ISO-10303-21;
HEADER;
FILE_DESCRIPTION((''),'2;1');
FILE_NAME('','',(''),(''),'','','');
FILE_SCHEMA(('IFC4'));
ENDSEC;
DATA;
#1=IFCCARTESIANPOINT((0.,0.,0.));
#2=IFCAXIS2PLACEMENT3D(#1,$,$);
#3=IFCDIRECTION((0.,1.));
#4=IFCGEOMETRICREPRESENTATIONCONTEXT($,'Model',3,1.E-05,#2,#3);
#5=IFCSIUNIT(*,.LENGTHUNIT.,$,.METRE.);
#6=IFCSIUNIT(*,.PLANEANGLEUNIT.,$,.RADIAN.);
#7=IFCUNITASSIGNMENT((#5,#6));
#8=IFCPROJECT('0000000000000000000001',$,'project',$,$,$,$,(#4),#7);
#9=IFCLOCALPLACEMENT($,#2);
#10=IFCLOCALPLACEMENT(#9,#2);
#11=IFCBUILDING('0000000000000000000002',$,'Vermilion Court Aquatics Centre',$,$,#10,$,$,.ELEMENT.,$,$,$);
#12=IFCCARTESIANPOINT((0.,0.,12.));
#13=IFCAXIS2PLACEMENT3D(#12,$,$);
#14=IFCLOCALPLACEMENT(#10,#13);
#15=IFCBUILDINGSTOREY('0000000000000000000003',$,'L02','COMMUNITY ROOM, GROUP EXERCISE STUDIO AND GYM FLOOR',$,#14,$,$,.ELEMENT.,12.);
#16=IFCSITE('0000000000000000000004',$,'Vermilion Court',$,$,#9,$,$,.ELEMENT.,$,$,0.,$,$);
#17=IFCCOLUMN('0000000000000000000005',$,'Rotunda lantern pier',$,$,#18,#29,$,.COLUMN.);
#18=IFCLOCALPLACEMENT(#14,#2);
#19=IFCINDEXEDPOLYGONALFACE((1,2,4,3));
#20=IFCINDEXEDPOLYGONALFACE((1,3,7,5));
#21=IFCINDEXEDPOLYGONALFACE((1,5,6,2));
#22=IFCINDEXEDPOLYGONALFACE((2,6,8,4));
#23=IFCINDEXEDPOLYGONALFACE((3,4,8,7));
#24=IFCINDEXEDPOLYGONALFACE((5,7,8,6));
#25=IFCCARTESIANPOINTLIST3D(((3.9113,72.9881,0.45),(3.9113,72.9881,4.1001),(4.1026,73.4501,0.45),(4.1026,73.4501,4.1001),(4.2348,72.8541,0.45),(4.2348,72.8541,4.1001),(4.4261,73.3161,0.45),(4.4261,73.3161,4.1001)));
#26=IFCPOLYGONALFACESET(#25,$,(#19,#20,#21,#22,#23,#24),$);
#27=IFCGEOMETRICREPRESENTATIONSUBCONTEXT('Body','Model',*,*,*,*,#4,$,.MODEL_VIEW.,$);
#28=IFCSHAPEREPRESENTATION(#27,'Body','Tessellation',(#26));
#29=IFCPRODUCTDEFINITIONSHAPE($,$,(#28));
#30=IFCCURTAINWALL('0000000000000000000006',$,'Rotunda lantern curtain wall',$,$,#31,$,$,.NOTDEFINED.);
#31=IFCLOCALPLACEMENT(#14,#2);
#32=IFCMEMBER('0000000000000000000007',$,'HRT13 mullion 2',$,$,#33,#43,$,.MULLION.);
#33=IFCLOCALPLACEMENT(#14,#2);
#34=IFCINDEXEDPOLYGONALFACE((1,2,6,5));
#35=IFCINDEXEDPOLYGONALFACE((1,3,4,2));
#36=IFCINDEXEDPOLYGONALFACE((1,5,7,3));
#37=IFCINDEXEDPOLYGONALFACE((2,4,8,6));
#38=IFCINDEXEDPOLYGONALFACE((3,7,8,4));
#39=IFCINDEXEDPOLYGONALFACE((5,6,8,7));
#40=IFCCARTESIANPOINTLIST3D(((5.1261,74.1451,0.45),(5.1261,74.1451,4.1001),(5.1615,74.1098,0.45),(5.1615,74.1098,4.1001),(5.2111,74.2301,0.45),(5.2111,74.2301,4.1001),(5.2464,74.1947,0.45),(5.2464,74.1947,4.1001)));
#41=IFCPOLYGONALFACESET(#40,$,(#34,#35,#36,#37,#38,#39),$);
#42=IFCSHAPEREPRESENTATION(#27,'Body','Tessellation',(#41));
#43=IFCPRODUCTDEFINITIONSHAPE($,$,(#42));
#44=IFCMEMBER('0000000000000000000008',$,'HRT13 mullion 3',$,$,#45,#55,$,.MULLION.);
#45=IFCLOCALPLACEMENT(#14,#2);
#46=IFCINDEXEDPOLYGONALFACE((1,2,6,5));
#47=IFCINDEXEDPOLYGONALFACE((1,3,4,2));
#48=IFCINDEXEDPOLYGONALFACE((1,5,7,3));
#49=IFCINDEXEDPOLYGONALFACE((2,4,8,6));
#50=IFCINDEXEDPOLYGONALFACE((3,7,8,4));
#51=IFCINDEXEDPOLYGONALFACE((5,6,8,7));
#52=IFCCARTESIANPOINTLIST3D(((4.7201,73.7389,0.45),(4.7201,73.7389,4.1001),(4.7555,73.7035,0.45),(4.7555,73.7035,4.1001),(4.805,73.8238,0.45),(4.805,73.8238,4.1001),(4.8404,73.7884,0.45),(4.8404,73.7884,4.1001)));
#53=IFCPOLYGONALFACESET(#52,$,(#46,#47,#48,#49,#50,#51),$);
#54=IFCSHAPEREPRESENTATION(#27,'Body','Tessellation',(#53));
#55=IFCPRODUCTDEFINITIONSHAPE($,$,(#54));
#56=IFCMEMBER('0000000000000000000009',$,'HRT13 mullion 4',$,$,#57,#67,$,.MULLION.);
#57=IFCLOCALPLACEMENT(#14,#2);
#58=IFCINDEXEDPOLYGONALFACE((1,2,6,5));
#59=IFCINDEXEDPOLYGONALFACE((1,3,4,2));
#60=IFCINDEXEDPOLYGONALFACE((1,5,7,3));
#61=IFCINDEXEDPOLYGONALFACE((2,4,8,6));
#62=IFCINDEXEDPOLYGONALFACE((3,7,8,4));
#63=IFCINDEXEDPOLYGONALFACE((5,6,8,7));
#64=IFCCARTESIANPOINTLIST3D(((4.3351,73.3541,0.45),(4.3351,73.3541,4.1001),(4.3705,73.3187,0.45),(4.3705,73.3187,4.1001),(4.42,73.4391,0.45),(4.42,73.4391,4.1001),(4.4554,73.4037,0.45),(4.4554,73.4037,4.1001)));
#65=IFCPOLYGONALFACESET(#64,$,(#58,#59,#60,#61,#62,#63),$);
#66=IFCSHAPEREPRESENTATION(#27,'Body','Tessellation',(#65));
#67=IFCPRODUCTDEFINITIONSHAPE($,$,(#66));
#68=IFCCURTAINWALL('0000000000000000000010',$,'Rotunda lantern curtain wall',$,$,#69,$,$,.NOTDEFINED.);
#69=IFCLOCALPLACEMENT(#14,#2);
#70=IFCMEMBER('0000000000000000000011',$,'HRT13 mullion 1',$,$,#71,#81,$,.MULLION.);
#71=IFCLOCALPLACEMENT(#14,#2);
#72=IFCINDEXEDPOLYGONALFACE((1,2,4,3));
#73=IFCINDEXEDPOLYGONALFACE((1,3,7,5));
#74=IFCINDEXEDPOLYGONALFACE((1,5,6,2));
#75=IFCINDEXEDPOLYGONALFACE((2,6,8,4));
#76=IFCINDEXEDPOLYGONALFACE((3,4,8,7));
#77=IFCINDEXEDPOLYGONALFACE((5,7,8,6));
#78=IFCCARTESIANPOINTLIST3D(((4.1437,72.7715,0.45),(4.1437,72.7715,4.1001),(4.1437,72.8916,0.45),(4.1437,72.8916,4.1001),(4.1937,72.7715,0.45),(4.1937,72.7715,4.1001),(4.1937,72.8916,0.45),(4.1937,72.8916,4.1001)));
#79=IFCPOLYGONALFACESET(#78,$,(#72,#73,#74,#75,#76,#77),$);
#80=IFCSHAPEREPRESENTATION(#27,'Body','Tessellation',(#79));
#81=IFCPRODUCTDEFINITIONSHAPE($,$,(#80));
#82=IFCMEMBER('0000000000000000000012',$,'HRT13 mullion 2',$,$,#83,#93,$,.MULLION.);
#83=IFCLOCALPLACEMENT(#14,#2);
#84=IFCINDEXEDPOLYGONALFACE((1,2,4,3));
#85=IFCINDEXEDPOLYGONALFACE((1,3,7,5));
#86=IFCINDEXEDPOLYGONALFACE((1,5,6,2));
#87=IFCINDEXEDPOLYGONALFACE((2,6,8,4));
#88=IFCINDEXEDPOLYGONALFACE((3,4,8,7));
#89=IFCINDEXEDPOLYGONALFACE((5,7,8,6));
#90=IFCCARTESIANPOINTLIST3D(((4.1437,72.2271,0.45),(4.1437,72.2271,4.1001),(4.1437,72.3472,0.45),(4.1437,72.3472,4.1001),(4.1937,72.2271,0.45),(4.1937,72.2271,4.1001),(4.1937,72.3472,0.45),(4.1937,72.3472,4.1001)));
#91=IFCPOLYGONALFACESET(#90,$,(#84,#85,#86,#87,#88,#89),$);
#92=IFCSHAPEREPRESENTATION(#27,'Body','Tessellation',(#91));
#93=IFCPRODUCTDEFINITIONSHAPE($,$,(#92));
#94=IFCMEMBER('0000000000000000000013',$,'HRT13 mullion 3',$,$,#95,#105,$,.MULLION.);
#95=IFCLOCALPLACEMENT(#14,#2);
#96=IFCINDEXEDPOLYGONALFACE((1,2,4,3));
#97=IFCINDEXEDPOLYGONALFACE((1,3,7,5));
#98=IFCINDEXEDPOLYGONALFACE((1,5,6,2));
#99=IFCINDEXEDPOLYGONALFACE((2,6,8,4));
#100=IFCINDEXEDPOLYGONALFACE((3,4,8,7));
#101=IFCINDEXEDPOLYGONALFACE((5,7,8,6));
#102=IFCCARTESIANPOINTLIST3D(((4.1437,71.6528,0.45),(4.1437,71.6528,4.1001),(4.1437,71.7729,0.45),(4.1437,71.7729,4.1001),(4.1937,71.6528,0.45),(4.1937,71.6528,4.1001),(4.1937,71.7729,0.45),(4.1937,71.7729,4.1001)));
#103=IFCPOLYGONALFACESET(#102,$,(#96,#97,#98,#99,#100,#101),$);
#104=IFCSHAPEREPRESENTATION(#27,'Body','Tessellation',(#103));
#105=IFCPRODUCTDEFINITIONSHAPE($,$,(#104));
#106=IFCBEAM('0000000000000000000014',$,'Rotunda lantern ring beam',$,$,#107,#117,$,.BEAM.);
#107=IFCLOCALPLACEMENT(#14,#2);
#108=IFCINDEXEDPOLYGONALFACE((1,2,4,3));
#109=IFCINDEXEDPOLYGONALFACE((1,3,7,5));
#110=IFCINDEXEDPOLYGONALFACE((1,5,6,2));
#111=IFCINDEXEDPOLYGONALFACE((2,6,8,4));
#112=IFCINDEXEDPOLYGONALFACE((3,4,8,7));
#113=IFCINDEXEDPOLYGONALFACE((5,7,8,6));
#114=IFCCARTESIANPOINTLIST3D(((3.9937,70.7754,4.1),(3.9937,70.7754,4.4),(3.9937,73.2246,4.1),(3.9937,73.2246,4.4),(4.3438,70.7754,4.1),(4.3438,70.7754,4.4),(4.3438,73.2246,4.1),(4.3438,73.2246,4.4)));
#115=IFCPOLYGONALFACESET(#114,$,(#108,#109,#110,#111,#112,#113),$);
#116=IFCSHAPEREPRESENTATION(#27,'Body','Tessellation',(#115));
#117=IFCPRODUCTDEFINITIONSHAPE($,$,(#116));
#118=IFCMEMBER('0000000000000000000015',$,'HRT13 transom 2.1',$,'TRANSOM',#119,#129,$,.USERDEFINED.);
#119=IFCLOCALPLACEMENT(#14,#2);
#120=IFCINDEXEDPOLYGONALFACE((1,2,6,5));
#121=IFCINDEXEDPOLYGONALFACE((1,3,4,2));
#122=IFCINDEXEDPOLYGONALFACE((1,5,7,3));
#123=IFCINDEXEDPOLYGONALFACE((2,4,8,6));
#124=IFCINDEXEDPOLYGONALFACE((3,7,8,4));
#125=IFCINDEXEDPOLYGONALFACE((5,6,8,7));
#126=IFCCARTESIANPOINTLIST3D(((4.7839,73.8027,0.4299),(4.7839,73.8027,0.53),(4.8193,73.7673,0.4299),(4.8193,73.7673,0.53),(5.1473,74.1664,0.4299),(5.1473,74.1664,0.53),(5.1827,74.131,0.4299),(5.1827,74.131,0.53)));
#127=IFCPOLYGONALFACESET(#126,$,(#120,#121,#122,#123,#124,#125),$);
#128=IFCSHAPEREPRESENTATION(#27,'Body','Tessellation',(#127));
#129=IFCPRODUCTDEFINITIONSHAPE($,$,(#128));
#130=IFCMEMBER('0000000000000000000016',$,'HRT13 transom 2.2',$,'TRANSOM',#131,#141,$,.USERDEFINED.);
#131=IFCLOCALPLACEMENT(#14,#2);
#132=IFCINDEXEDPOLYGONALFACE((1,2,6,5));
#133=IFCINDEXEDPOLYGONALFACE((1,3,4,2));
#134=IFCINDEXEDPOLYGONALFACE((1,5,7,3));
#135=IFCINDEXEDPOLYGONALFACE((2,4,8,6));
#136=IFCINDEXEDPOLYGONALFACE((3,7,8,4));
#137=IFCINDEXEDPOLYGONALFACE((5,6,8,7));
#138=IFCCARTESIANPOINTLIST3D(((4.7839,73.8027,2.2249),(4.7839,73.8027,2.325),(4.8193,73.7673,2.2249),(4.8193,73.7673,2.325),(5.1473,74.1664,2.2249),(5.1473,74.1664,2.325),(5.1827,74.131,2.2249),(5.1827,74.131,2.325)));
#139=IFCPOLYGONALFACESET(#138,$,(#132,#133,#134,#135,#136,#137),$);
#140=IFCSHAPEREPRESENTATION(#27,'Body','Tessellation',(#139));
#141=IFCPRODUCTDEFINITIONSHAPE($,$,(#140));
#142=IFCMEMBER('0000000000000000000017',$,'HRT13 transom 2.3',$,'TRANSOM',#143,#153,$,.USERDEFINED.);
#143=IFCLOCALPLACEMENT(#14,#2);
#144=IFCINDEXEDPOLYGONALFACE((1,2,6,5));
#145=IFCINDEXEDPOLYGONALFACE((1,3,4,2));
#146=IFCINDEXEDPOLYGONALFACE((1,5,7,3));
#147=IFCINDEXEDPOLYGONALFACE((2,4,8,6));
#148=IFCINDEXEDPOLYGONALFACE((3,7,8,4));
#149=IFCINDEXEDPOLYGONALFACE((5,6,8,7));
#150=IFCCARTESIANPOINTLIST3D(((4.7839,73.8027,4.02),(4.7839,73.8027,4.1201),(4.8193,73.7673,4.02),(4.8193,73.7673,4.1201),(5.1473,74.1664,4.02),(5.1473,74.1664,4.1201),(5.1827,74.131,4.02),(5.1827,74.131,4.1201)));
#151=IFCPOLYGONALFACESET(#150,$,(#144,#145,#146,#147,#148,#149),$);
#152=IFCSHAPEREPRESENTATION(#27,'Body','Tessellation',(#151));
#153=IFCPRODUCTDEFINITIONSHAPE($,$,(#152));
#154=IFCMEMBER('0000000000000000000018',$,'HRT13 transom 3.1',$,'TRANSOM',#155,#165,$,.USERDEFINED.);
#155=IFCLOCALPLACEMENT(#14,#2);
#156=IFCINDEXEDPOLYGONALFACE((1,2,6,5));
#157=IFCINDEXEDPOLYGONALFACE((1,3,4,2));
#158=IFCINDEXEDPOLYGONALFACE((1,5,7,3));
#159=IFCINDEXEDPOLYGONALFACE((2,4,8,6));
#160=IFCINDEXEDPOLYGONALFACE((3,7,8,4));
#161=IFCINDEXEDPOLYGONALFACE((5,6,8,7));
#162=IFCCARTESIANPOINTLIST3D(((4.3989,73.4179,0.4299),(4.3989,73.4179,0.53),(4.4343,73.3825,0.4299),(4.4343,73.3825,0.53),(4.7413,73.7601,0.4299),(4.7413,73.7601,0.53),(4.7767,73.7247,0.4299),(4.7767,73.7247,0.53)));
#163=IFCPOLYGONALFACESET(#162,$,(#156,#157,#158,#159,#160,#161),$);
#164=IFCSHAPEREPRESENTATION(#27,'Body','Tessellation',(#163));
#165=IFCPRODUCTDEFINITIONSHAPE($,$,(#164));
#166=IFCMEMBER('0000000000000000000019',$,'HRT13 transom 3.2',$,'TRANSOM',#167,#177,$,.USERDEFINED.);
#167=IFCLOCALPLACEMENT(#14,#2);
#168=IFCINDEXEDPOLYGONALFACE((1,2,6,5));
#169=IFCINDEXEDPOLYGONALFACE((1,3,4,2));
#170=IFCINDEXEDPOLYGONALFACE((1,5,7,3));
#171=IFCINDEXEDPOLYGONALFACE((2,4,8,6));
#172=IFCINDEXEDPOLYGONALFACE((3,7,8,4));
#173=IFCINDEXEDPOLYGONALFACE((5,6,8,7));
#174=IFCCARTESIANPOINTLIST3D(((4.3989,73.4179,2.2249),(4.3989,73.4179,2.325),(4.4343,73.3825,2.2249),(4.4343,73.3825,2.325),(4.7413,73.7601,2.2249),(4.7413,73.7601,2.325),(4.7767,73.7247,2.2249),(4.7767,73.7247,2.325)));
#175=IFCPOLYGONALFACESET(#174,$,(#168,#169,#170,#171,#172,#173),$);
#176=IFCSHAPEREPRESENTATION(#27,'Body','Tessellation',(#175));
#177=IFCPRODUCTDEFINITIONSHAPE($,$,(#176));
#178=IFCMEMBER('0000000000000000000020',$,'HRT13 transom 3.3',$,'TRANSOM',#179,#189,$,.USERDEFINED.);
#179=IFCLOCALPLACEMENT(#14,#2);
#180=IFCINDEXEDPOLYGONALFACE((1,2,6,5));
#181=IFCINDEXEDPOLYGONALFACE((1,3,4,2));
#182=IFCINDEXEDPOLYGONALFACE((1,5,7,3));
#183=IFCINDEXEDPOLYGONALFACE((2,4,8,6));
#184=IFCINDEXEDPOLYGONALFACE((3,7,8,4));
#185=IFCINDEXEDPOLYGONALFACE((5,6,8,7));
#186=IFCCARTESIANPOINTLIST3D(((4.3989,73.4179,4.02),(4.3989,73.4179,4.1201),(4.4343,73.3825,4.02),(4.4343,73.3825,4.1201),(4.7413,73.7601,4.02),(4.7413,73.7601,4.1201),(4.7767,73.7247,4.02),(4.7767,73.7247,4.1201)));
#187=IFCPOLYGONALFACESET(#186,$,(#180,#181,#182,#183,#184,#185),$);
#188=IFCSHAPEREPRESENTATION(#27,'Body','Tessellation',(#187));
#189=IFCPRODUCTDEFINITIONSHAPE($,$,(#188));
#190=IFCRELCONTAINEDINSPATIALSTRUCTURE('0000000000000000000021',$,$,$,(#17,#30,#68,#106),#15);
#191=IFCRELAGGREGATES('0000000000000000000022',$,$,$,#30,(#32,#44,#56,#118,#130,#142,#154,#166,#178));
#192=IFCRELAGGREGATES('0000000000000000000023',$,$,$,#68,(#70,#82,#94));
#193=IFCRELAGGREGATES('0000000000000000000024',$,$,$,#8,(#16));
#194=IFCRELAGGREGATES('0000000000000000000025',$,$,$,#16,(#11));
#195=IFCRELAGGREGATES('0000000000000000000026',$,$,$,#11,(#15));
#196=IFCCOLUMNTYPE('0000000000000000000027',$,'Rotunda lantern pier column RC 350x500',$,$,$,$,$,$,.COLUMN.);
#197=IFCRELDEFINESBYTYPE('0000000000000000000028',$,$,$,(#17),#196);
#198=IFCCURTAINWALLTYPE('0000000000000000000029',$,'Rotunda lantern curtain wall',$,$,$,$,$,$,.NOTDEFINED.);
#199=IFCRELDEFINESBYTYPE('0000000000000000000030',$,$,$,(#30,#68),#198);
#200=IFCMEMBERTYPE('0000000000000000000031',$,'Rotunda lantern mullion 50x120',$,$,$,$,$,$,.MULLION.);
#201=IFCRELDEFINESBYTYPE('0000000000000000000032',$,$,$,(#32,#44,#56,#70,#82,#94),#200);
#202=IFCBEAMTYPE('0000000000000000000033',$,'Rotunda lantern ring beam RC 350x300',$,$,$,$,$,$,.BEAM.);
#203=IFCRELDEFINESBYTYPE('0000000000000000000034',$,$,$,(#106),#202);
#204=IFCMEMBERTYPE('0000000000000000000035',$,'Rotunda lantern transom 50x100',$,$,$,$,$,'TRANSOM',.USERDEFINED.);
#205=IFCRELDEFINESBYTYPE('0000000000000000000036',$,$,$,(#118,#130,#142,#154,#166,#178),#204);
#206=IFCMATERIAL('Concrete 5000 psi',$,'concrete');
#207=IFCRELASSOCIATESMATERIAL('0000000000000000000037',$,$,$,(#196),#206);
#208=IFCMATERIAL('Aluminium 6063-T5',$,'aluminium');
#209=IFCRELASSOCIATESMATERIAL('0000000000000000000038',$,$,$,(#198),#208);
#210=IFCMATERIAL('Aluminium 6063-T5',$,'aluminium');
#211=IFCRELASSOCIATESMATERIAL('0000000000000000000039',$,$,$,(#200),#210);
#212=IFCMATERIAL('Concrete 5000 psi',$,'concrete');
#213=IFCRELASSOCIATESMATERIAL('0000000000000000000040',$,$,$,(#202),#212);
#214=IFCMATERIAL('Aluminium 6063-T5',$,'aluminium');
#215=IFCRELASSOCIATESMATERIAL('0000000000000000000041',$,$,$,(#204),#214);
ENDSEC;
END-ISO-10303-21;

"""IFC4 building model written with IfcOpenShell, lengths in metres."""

from ifc_helpers import new_model, si_unit, direction, frame, origin, origin_2d, place, context, subcontext, project, spatial, rectangle, extrude, material, material_profile, profile_set, type_object, element, aggregate, save


model = new_model("IFC4")

# Units and contexts
model_context = context("Model", 3, precision=1e-05, world=origin(), true_north=direction((0.0, 1.0)))
body_context = subcontext(model_context, "Body", "Model", "MODEL_VIEW")
ifc_project = project(units=[si_unit("LENGTHUNIT", "METRE"), si_unit("PLANEANGLEUNIT", "RADIAN")], contexts=[model_context])

# Site, building, storey
site_placement = place(None, origin())
site = spatial("IfcSite", under=ifc_project, at=site_placement, Name="Vermilion Court", CompositionType="ELEMENT", RefElevation=0.0)
building_placement = place(site_placement, origin())
building = spatial("IfcBuilding", under=site, at=building_placement, Name="Vermilion Court Aquatics Centre", CompositionType="ELEMENT")
storey_placement = place(building_placement, frame((0.0, 0.0, 12.0)))
storey = spatial("IfcBuildingStorey", under=building, at=storey_placement, Name="L02", Description="COMMUNITY ROOM, GROUP EXERCISE STUDIO AND GYM FLOOR", CompositionType="ELEMENT", Elevation=12.0)

# Column
ifc_material_1 = material(Name="Concrete 5000 psi", Category="concrete")
ifc_material_profile_1 = material_profile(ifc_material_1, rectangle(XDim=0.3501, YDim=0.5, at=origin_2d()), Name="RC 350x500")
ifc_profile_set_1 = profile_set([ifc_material_profile_1], Name="Concrete 5000 psi")
column_type = type_object("IfcColumnType", Name="Rotunda lantern pier column RC 350x500", PredefinedType="COLUMN", material=ifc_profile_set_1)
column_placement = place(storey_placement, frame((4.1687, 73.1521, 0.45), z_axis=(0.0, 0.0, 1.0), x_axis=(-0.92388, 0.382683, 0.0)))
element("IfcColumn", 1, at=column_placement, inside=storey, type_object=column_type, Name="Rotunda lantern pier", PredefinedType="COLUMN", context=body_context, shape_type="SweptSolid", body=[
    extrude(rectangle(XDim=0.3501, YDim=0.5, at=origin_2d()), origin(), (0.0, 0.0, 1.0), 3.6501),
])

# Curtain walls, members
ifc_material_2 = material(Name="Aluminium 6063-T5", Category="aluminium")
curtain_wall_type = type_object("IfcCurtainWallType", Name="Rotunda lantern curtain wall", PredefinedType="NOTDEFINED", material=ifc_material_2)
curtain_wall_1_placement = place(storey_placement, origin())
curtain_wall_1 = element("IfcCurtainWall", 2, at=curtain_wall_1_placement, inside=storey, type_object=curtain_wall_type, Name="Rotunda lantern curtain wall", PredefinedType="NOTDEFINED")
ifc_material_3 = material(Name="Aluminium 6063-T5", Category="aluminium")
ifc_material_profile_2 = material_profile(ifc_material_3, rectangle(XDim=0.05, YDim=0.1201, at=origin_2d()), Name="Aluminium 50x120")
ifc_profile_set_2 = profile_set([ifc_material_profile_2], Name="Aluminium 6063-T5")
member_type_1 = type_object("IfcMemberType", Name="Rotunda lantern mullion 50x120", PredefinedType="MULLION", material=ifc_profile_set_2)
member_1_placement = place(storey_placement, frame((5.1863, 74.1699, 0.45), z_axis=(0.0, 0.0, 1.0), x_axis=(0.707107, -0.707107, 0.0)))
member_1 = element("IfcMember", 3, at=member_1_placement, type_object=member_type_1, Name="HRT13 mullion 2", PredefinedType="MULLION", context=body_context, shape_type="SweptSolid", body=[
    extrude(rectangle(XDim=0.05, YDim=0.1201, at=origin_2d()), origin(), (0.0, 0.0, 1.0), 3.6501),
])
member_2_placement = place(storey_placement, frame((4.7803, 73.7637, 0.45), z_axis=(0.0, 0.0, 1.0), x_axis=(0.707107, -0.707107, 0.0)))
member_2 = element("IfcMember", 4, at=member_2_placement, type_object=member_type_1, Name="HRT13 mullion 3", PredefinedType="MULLION", context=body_context, shape_type="SweptSolid", body=[
    extrude(rectangle(XDim=0.05, YDim=0.1201, at=origin_2d()), origin(), (0.0, 0.0, 1.0), 3.6501),
])
member_3_placement = place(storey_placement, frame((4.3953, 73.3789, 0.45), z_axis=(0.0, 0.0, 1.0), x_axis=(0.707107, -0.707107, 0.0)))
member_3 = element("IfcMember", 5, at=member_3_placement, type_object=member_type_1, Name="HRT13 mullion 4", PredefinedType="MULLION", context=body_context, shape_type="SweptSolid", body=[
    extrude(rectangle(XDim=0.05, YDim=0.1201, at=origin_2d()), origin(), (0.0, 0.0, 1.0), 3.6501),
])
curtain_wall_2_placement = place(storey_placement, origin())
curtain_wall_2 = element("IfcCurtainWall", 6, at=curtain_wall_2_placement, inside=storey, type_object=curtain_wall_type, Name="Rotunda lantern curtain wall", PredefinedType="NOTDEFINED")
member_4_placement = place(storey_placement, frame((4.1687, 72.8315, 0.45), z_axis=(0.0, 0.0, 1.0), x_axis=(1.0, 0.0, 0.0)))
member_4 = element("IfcMember", 7, at=member_4_placement, type_object=member_type_1, Name="HRT13 mullion 1", PredefinedType="MULLION", context=body_context, shape_type="SweptSolid", body=[
    extrude(rectangle(XDim=0.05, YDim=0.1201, at=origin_2d()), origin(), (0.0, 0.0, 1.0), 3.6501),
])
member_5_placement = place(storey_placement, frame((4.1687, 72.2871, 0.45), z_axis=(0.0, 0.0, 1.0), x_axis=(1.0, 0.0, 0.0)))
member_5 = element("IfcMember", 8, at=member_5_placement, type_object=member_type_1, Name="HRT13 mullion 2", PredefinedType="MULLION", context=body_context, shape_type="SweptSolid", body=[
    extrude(rectangle(XDim=0.05, YDim=0.1201, at=origin_2d()), origin(), (0.0, 0.0, 1.0), 3.6501),
])
member_6_placement = place(storey_placement, frame((4.1687, 71.7129, 0.45), z_axis=(0.0, 0.0, 1.0), x_axis=(1.0, 0.0, 0.0)))
member_6 = element("IfcMember", 9, at=member_6_placement, type_object=member_type_1, Name="HRT13 mullion 3", PredefinedType="MULLION", context=body_context, shape_type="SweptSolid", body=[
    extrude(rectangle(XDim=0.05, YDim=0.1201, at=origin_2d()), origin(), (0.0, 0.0, 1.0), 3.6501),
])

# Beam
ifc_material_4 = material(Name="Concrete 5000 psi", Category="concrete")
ifc_material_profile_3 = material_profile(ifc_material_4, rectangle(XDim=0.3501, YDim=0.3, at=origin_2d()), Name="RC 350x300")
ifc_profile_set_3 = profile_set([ifc_material_profile_3], Name="Concrete 5000 psi")
beam_type = type_object("IfcBeamType", Name="Rotunda lantern ring beam RC 350x300", PredefinedType="BEAM", material=ifc_profile_set_3)
beam_placement = place(storey_placement, frame((4.1687, 73.2246, 4.25), z_axis=(0.0, -1.0, 0.0), x_axis=(1.0, 0.0, 0.0)))
element("IfcBeam", 10, at=beam_placement, inside=storey, type_object=beam_type, Name="Rotunda lantern ring beam", PredefinedType="BEAM", context=body_context, shape_type="SweptSolid", body=[
    extrude(rectangle(XDim=0.3501, YDim=0.3, at=origin_2d()), origin(), (0.0, 0.0, 1.0), 2.4492),
])

# Members
ifc_material_5 = material(Name="Aluminium 6063-T5", Category="aluminium")
ifc_material_profile_4 = material_profile(ifc_material_5, rectangle(XDim=0.05, YDim=0.1001, at=origin_2d()), Name="Aluminium 50x100")
ifc_profile_set_4 = profile_set([ifc_material_profile_4], Name="Aluminium 6063-T5")
member_type_2 = type_object("IfcMemberType", Name="Rotunda lantern transom 50x100", ElementType="TRANSOM", PredefinedType="USERDEFINED", material=ifc_profile_set_4)
member_7_placement = place(storey_placement, frame((5.165, 74.1487, 0.48), z_axis=(-0.706869, -0.707344, 0.0), x_axis=(0.707344, -0.706869, 0.0)))
member_7 = element("IfcMember", 11, at=member_7_placement, type_object=member_type_2, Name="HRT13 transom 2.1", ObjectType="TRANSOM", PredefinedType="USERDEFINED", context=body_context, shape_type="SweptSolid", body=[
    extrude(rectangle(XDim=0.05, YDim=0.1001, at=origin_2d()), origin(), (0.0, 0.0, 1.0), 0.5142),
])
member_8_placement = place(storey_placement, frame((5.165, 74.1487, 2.2749), z_axis=(-0.706869, -0.707344, 0.0), x_axis=(0.707344, -0.706869, 0.0)))
member_8 = element("IfcMember", 12, at=member_8_placement, type_object=member_type_2, Name="HRT13 transom 2.2", ObjectType="TRANSOM", PredefinedType="USERDEFINED", context=body_context, shape_type="SweptSolid", body=[
    extrude(rectangle(XDim=0.05, YDim=0.1001, at=origin_2d()), origin(), (0.0, 0.0, 1.0), 0.5142),
])
member_9_placement = place(storey_placement, frame((5.165, 74.1487, 4.0701), z_axis=(-0.706869, -0.707344, 0.0), x_axis=(0.707344, -0.706869, 0.0)))
member_9 = element("IfcMember", 13, at=member_9_placement, type_object=member_type_2, Name="HRT13 transom 2.3", ObjectType="TRANSOM", PredefinedType="USERDEFINED", context=body_context, shape_type="SweptSolid", body=[
    extrude(rectangle(XDim=0.05, YDim=0.1001, at=origin_2d()), origin(), (0.0, 0.0, 1.0), 0.5142),
])
member_10_placement = place(storey_placement, frame((4.759, 73.7424, 0.48), z_axis=(-0.707359, -0.706855, 0.0), x_axis=(0.706855, -0.707359, 0.0)))
member_10 = element("IfcMember", 14, at=member_10_placement, type_object=member_type_2, Name="HRT13 transom 3.1", ObjectType="TRANSOM", PredefinedType="USERDEFINED", context=body_context, shape_type="SweptSolid", body=[
    extrude(rectangle(XDim=0.05, YDim=0.1001, at=origin_2d()), origin(), (0.0, 0.0, 1.0), 0.4841),
])
member_11_placement = place(storey_placement, frame((4.759, 73.7424, 2.2749), z_axis=(-0.707359, -0.706855, 0.0), x_axis=(0.706855, -0.707359, 0.0)))
member_11 = element("IfcMember", 15, at=member_11_placement, type_object=member_type_2, Name="HRT13 transom 3.2", ObjectType="TRANSOM", PredefinedType="USERDEFINED", context=body_context, shape_type="SweptSolid", body=[
    extrude(rectangle(XDim=0.05, YDim=0.1001, at=origin_2d()), origin(), (0.0, 0.0, 1.0), 0.4841),
])
member_12_placement = place(storey_placement, frame((4.759, 73.7424, 4.0701), z_axis=(-0.707359, -0.706855, 0.0), x_axis=(0.706855, -0.707359, 0.0)))
member_12 = element("IfcMember", 16, at=member_12_placement, type_object=member_type_2, Name="HRT13 transom 3.3", ObjectType="TRANSOM", PredefinedType="USERDEFINED", context=body_context, shape_type="SweptSolid", body=[
    extrude(rectangle(XDim=0.05, YDim=0.1001, at=origin_2d()), origin(), (0.0, 0.0, 1.0), 0.4841),
])

aggregate(curtain_wall_1, [member_1, member_2, member_3, member_7, member_8, member_9, member_10, member_11, member_12])
aggregate(curtain_wall_2, [member_4, member_5, member_6])

save(model, "model.ifc")
